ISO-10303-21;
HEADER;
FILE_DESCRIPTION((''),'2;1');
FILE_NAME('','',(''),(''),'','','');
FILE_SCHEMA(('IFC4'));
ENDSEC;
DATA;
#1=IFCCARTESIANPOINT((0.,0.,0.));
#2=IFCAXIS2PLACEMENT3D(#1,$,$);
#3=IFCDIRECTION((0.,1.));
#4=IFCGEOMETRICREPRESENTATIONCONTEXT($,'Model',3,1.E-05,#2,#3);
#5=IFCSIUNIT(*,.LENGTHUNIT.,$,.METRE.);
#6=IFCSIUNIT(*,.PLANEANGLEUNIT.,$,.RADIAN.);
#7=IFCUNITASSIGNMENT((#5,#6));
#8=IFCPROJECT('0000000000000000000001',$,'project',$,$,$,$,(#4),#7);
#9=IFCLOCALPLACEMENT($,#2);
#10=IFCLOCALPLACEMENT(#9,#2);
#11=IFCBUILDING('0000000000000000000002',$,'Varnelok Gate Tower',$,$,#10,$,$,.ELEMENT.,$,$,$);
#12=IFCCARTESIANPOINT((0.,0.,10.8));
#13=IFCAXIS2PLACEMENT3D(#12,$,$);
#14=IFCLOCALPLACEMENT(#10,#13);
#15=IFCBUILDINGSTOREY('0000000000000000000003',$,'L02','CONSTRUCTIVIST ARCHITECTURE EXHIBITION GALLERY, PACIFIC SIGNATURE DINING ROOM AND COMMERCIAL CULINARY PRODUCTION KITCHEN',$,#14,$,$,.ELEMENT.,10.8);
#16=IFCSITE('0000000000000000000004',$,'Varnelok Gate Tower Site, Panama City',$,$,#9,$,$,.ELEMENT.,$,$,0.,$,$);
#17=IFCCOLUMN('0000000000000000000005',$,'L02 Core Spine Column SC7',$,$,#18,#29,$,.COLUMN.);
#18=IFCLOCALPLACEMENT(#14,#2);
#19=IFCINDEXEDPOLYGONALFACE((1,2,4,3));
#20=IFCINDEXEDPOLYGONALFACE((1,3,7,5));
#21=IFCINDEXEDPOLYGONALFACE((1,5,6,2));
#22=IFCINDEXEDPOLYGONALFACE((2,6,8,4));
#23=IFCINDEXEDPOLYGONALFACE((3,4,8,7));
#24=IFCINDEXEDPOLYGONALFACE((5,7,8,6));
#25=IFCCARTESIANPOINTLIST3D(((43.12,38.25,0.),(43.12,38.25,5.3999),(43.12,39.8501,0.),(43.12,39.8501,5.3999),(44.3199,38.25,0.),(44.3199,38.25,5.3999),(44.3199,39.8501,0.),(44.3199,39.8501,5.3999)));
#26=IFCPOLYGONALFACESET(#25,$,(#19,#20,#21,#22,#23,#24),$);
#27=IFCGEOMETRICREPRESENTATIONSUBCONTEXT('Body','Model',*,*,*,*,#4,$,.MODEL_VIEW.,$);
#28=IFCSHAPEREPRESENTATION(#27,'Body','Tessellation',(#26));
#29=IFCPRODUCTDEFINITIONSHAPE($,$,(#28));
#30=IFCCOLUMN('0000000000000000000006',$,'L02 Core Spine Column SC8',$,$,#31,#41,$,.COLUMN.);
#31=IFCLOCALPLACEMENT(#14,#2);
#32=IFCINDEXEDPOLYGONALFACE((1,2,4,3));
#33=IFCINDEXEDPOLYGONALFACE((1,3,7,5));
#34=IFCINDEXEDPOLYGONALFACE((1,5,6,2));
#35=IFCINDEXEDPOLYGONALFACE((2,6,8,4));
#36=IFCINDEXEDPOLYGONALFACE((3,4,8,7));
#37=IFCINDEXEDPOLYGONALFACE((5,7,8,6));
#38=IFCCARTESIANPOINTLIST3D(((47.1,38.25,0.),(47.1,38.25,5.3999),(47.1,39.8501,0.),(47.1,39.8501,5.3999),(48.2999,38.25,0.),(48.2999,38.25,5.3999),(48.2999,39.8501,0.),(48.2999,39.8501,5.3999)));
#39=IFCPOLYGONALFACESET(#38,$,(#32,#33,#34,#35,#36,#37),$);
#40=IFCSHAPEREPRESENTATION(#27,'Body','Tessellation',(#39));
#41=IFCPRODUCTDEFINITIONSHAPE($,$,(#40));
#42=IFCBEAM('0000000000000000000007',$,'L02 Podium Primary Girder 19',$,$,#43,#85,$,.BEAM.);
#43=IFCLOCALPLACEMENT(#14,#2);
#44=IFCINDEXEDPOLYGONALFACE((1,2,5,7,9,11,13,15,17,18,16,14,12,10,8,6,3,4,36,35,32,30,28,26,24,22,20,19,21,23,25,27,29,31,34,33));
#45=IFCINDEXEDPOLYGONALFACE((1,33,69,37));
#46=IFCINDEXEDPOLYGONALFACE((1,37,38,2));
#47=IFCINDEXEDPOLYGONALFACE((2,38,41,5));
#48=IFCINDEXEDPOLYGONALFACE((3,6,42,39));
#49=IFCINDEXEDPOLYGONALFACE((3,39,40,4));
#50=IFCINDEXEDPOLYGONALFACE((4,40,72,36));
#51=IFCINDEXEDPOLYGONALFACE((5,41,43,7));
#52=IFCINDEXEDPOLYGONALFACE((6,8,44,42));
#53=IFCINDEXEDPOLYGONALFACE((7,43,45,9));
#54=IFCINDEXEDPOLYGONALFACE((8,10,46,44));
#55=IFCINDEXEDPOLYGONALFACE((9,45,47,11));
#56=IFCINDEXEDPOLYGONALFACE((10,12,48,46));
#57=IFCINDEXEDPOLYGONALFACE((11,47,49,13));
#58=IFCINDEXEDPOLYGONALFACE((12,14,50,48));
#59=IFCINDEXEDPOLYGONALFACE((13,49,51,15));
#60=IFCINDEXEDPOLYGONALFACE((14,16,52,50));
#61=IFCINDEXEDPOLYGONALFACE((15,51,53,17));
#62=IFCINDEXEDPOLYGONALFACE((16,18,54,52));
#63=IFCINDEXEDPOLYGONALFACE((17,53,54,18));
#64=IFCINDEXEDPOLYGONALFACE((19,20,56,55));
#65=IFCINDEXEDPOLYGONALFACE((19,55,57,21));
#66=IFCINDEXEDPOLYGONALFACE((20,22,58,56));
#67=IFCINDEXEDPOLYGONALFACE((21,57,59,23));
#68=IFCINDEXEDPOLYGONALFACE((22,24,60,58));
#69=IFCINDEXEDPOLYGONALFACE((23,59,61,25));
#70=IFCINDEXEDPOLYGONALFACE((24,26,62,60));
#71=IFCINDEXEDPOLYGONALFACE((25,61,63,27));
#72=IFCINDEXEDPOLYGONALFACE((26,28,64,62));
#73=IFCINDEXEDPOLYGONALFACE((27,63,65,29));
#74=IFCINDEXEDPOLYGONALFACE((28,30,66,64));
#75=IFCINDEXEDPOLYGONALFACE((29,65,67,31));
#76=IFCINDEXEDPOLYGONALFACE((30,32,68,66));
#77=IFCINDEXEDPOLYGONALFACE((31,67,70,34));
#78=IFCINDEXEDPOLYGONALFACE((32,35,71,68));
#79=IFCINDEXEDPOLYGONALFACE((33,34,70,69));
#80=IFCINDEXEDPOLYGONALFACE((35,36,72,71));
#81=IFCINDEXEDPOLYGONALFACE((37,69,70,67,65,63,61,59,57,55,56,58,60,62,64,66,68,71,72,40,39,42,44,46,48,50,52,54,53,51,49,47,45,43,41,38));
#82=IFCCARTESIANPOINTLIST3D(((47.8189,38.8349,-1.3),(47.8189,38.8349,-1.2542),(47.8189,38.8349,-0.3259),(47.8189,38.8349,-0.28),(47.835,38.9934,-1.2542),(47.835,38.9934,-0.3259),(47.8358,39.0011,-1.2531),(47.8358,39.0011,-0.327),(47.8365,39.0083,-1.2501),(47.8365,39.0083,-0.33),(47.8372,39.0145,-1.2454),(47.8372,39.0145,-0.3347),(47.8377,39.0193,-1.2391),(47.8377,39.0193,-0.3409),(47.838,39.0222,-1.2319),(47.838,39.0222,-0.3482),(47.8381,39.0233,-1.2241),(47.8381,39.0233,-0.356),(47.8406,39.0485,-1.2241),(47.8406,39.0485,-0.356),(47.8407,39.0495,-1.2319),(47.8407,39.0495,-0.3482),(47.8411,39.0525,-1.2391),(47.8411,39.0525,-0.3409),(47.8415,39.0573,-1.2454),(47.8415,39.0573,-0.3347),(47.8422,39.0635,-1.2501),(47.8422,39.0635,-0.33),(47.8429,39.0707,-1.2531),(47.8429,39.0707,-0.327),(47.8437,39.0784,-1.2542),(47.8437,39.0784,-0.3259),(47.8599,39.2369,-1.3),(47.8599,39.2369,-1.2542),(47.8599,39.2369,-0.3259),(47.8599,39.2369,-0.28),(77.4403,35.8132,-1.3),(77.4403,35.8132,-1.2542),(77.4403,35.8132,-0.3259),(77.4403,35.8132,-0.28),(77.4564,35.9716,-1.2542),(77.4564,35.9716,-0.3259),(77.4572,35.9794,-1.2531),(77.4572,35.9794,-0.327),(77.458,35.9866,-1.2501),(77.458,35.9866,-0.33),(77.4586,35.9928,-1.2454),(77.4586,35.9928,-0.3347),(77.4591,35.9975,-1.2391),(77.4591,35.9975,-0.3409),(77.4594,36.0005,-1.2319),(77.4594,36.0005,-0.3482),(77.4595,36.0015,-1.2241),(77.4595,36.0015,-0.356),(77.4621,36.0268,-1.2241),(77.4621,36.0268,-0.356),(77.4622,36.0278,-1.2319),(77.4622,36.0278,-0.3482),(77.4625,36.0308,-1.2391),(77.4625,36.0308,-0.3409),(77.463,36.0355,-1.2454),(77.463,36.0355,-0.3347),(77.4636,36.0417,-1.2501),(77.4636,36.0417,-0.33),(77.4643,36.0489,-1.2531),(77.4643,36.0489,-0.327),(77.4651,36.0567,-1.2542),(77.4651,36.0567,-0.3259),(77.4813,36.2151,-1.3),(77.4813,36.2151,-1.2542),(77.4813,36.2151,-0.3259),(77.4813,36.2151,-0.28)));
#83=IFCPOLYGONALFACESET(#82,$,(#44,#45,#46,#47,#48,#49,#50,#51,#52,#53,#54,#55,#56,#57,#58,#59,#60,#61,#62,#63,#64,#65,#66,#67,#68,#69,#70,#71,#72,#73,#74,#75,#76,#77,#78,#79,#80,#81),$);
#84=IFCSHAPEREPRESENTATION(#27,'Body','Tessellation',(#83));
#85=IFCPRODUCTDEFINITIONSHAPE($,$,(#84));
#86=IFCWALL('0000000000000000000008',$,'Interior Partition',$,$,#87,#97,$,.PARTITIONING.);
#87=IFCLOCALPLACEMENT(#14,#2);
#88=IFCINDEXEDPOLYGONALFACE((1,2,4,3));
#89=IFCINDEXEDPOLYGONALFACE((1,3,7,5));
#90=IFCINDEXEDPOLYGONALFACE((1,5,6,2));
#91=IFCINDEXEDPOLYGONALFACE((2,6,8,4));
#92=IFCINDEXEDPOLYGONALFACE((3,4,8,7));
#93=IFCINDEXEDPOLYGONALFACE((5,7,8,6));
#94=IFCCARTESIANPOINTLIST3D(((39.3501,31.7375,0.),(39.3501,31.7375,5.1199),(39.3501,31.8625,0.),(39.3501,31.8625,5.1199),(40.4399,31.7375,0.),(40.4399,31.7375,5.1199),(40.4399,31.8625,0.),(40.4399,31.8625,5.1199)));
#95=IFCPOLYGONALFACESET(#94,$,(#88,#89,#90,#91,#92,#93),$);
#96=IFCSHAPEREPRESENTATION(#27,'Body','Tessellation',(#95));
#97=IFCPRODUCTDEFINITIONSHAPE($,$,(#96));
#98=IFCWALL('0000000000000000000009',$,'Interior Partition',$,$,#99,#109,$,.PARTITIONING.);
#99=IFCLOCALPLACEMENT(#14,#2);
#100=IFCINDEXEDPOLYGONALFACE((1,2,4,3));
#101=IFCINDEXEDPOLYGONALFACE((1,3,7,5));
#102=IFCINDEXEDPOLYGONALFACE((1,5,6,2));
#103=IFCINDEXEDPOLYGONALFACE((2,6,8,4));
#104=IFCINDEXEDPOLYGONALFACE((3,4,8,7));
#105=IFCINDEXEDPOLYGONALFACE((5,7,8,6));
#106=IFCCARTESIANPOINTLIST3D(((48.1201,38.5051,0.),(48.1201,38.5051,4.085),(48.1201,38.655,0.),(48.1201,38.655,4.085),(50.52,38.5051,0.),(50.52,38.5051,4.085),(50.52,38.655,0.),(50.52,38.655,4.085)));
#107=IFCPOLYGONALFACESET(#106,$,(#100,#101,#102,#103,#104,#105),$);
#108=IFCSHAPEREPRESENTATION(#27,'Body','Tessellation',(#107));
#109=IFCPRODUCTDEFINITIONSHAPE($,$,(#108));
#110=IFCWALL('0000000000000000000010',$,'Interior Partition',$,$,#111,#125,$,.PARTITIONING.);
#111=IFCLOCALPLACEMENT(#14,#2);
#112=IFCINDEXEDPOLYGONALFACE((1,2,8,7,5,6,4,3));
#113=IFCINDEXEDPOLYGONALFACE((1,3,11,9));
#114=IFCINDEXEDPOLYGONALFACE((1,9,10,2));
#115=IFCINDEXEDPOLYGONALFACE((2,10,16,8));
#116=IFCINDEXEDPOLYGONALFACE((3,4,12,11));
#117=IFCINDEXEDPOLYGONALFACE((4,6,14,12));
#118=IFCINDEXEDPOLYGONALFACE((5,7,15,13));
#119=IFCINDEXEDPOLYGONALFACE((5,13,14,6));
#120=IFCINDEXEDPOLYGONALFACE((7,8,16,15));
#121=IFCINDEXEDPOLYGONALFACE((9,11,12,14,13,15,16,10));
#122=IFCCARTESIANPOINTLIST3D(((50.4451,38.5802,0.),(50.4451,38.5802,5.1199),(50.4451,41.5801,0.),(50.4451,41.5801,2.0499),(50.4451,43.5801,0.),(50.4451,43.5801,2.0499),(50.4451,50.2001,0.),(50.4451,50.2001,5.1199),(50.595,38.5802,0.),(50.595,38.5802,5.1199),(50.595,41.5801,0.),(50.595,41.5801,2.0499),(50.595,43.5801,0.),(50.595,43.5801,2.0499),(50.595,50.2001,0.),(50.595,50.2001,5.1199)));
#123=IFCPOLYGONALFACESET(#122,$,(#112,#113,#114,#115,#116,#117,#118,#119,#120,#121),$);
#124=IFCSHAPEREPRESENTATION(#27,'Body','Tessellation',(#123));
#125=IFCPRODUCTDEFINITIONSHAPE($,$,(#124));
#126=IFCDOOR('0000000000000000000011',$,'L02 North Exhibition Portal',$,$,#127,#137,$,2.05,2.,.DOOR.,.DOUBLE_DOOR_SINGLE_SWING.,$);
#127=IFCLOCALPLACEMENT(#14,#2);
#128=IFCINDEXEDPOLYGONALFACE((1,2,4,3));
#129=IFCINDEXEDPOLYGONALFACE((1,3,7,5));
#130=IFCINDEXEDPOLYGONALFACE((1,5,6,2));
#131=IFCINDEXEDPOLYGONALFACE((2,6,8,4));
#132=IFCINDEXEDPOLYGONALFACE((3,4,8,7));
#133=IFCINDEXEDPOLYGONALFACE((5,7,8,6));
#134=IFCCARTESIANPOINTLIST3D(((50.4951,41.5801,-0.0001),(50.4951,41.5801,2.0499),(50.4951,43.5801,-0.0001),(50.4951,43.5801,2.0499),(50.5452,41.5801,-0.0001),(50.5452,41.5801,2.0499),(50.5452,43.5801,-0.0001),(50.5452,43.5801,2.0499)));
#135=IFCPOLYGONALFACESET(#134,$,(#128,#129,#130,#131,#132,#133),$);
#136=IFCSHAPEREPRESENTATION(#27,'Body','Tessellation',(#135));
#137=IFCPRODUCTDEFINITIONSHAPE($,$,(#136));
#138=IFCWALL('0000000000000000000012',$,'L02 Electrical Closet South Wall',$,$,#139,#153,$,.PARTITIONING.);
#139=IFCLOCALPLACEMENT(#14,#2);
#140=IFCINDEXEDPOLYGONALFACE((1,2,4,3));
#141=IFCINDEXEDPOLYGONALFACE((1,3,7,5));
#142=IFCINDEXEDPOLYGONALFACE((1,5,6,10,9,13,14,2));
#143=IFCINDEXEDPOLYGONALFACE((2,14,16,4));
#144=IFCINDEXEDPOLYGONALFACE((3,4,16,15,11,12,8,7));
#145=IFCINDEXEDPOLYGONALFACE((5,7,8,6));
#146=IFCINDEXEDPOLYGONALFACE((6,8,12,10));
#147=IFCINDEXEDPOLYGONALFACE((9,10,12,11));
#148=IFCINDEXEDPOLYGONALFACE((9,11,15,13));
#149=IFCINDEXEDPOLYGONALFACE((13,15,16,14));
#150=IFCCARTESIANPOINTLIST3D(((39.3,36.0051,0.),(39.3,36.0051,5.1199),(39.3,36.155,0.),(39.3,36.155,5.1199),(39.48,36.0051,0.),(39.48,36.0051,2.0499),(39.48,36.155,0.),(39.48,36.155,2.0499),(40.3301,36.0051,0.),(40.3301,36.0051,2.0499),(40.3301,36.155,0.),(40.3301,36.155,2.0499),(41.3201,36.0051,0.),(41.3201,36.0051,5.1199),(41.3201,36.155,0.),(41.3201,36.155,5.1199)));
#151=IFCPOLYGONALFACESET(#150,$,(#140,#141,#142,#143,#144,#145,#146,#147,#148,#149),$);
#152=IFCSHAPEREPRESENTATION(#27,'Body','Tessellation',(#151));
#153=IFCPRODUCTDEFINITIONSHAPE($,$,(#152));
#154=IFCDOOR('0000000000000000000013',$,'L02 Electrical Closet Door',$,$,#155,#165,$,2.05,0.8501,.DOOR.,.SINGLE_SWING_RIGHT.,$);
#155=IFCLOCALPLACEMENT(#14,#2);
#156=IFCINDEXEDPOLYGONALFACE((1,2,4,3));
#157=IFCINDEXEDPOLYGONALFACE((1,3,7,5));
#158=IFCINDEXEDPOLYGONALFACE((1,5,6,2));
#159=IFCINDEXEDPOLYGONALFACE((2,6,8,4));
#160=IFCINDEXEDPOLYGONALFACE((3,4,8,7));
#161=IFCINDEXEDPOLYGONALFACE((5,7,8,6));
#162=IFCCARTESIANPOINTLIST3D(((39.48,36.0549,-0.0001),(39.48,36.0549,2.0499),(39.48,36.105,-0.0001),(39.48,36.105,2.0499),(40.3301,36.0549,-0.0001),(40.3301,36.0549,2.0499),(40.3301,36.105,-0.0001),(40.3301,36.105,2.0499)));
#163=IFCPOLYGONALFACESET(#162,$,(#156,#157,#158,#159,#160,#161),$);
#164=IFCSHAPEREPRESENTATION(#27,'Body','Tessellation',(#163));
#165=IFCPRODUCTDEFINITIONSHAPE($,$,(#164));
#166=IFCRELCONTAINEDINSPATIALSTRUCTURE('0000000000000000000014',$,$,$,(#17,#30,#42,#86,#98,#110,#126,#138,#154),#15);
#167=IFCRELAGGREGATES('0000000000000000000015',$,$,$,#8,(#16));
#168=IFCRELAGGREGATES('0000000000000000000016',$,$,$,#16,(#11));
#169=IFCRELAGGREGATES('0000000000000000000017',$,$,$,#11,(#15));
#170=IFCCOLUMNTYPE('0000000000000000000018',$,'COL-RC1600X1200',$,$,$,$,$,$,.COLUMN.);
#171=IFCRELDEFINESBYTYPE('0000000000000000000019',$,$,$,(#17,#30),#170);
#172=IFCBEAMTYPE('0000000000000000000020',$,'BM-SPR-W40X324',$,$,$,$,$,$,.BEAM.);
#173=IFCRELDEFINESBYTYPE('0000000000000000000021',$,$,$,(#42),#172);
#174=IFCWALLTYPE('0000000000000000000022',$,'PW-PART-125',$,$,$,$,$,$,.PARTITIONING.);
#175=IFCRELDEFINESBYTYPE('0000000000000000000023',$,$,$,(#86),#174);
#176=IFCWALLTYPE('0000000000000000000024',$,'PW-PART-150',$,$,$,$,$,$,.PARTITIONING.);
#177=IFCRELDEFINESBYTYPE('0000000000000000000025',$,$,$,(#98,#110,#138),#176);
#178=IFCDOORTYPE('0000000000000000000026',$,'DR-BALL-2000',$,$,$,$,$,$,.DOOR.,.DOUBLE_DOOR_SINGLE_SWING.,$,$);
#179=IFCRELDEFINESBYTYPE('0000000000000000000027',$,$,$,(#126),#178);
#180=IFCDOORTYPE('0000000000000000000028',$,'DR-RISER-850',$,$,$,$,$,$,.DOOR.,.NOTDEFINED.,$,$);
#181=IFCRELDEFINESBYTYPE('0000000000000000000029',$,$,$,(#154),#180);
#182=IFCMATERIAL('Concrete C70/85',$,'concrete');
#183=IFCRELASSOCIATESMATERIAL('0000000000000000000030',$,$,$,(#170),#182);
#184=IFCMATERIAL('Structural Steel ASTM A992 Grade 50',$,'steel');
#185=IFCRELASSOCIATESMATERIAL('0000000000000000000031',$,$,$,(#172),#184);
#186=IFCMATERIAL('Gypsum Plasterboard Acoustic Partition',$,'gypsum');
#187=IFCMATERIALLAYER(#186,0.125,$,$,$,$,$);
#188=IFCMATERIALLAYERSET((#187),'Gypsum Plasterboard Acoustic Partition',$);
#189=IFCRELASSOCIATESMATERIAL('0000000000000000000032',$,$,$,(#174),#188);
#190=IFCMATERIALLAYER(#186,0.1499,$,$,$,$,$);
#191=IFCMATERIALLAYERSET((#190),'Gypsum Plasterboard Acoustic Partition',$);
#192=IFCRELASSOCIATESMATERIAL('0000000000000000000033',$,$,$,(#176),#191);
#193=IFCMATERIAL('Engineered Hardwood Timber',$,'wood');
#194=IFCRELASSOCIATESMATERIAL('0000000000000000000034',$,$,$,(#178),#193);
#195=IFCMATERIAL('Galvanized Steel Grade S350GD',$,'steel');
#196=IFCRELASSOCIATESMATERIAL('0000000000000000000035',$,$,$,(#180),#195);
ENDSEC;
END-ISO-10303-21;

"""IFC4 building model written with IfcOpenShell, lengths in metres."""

from ifc_helpers import new_model, si_unit, direction, frame, frame_2d, origin, origin_2d, place, context, subcontext, project, spatial, rectangle, i_section, extrude, material, layer, layer_set, material_profile, profile_set, type_object, element, fill, save


model = new_model("IFC4")

# Units and contexts
model_context = context("Model", 3, precision=1e-05, world=origin(), true_north=direction((0.0, 1.0)))
body_context = subcontext(model_context, "Body", "Model", "MODEL_VIEW")
ifc_project = project(units=[si_unit("LENGTHUNIT", "METRE"), si_unit("PLANEANGLEUNIT", "RADIAN")], contexts=[model_context])

# Site, building, storey
site_placement = place(None, origin())
site = spatial("IfcSite", under=ifc_project, at=site_placement, Name="Varnelok Gate Tower Site, Panama City", CompositionType="ELEMENT", RefElevation=0.0)
building_placement = place(site_placement, origin())
building = spatial("IfcBuilding", under=site, at=building_placement, Name="Varnelok Gate Tower", CompositionType="ELEMENT")
storey_placement = place(building_placement, frame((0.0, 0.0, 10.8)))
storey = spatial("IfcBuildingStorey", under=building, at=storey_placement, Name="L02", Description="CONSTRUCTIVIST ARCHITECTURE EXHIBITION GALLERY, PACIFIC SIGNATURE DINING ROOM AND COMMERCIAL CULINARY PRODUCTION KITCHEN", CompositionType="ELEMENT", Elevation=10.8)

# Columns
ifc_material_1 = material(Name="Concrete C70/85", Category="concrete")
ifc_material_profile_1 = material_profile(ifc_material_1, rectangle(XDim=1.2, YDim=1.6001, at=origin_2d()), Name="RC1600X1200")
ifc_profile_set_1 = profile_set([ifc_material_profile_1], Name="Concrete C70/85")
column_type = type_object("IfcColumnType", Name="COL-RC1600X1200", PredefinedType="COLUMN", material=ifc_profile_set_1)
for number, where, z_axis, x_axis, name in (
    (1, (43.72, 39.05, 0.0), (0.0, 0.0, 1.0), (1.0, 0.0, 0.0), "L02 Core Spine Column SC7"),
    (2, (47.7, 39.05, 0.0), (0.0, 0.0, 1.0), (1.0, 0.0, 0.0), "L02 Core Spine Column SC8"),
):
    element("IfcColumn", number, at=place(storey_placement, frame(where, z_axis=z_axis, x_axis=x_axis)), inside=storey, type_object=column_type, Name=name, PredefinedType="COLUMN", context=body_context, shape_type="SweptSolid", body=[
        extrude(rectangle(XDim=1.2, YDim=1.6001, at=origin_2d()), origin(), (0.0, 0.0, 1.0), 5.3999),
    ])

# Beam
ifc_material_2 = material(Name="Structural Steel ASTM A992 Grade 50", Category="steel")
ifc_material_profile_2 = material_profile(ifc_material_2, i_section(OverallWidth=0.4041, OverallDepth=1.02, WebThickness=0.0254, FlangeThickness=0.0459, FilletRadius=0.03, at=origin_2d()), Name="W40X324")
ifc_profile_set_2 = profile_set([ifc_material_profile_2], Name="Structural Steel ASTM A992 Grade 50")
beam_type = type_object("IfcBeamType", Name="BM-SPR-W40X324", PredefinedType="BEAM", material=ifc_profile_set_2)
beam_placement = place(storey_placement, frame((47.8394, 39.0359, -0.79), z_axis=(0.994837, -0.101485, 0.0), x_axis=(0.101485, 0.994837, 0.0)))
element("IfcBeam", 3, at=beam_placement, inside=storey, type_object=beam_type, Name="L02 Podium Primary Girder 19", PredefinedType="BEAM", context=body_context, shape_type="SweptSolid", body=[
    extrude(i_section(OverallWidth=0.4041, OverallDepth=1.02, WebThickness=0.0254, FlangeThickness=0.0459, FilletRadius=0.03, at=origin_2d()), origin(), (0.0, 0.0, 1.0), 29.7751),
])

# Walls
ifc_material_3 = material(Name="Gypsum Plasterboard Acoustic Partition", Category="gypsum")
ifc_layer_1 = layer(ifc_material_3, 0.125)
ifc_layer_set_1 = layer_set([ifc_layer_1], Name="Gypsum Plasterboard Acoustic Partition")
wall_type_1 = type_object("IfcWallType", Name="PW-PART-125", PredefinedType="PARTITIONING", material=ifc_layer_set_1)
wall_1_placement = place(storey_placement, frame((39.3501, 31.8, 0.0), z_axis=(0.0, 0.0, 1.0), x_axis=(1.0, 0.0, 0.0)))
element("IfcWall", 4, at=wall_1_placement, inside=storey, type_object=wall_type_1, Name="Interior Partition", PredefinedType="PARTITIONING", context=body_context, shape_type="SweptSolid", body=[
    extrude(rectangle(XDim=1.0898, YDim=0.125, at=frame_2d((0.5449, 0.0))), origin(), (0.0, 0.0, 1.0), 5.1199),
])
ifc_layer_2 = layer(ifc_material_3, 0.1499)
ifc_layer_set_2 = layer_set([ifc_layer_2], Name="Gypsum Plasterboard Acoustic Partition")
wall_type_2 = type_object("IfcWallType", Name="PW-PART-150", PredefinedType="PARTITIONING", material=ifc_layer_set_2)
wall_2_placement = place(storey_placement, frame((48.1201, 38.5801, 0.0), z_axis=(0.0, 0.0, 1.0), x_axis=(1.0, 0.0, 0.0)))
element("IfcWall", 5, at=wall_2_placement, inside=storey, type_object=wall_type_2, Name="Interior Partition", PredefinedType="PARTITIONING", context=body_context, shape_type="SweptSolid", body=[
    extrude(rectangle(XDim=2.3999, YDim=0.1499, at=frame_2d((1.2, 0.0))), origin(), (0.0, 0.0, 1.0), 4.085),
])

# Walls, openings, doors
wall_3_placement = place(storey_placement, frame((50.52, 38.5801, 0.0), z_axis=(0.0, 0.0, 1.0), x_axis=(0.0, 1.0, 0.0)))
wall_3 = element("IfcWall", 6, at=wall_3_placement, inside=storey, type_object=wall_type_2, Name="Interior Partition", PredefinedType="PARTITIONING", context=body_context, shape_type="SweptSolid", body=[
    extrude(rectangle(XDim=11.6199, YDim=0.1499, at=frame_2d((5.8101, 0.0))), origin(), (0.0, 0.0, 1.0), 5.1199),
])
opening_1_placement = place(wall_3_placement, frame((3.0, 0.0, 0.0)))
opening_1 = element("IfcOpeningElement", 7, at=opening_1_placement, cuts=wall_3, PredefinedType="OPENING", context=body_context, shape_type="SweptSolid", body=[
    extrude(rectangle(XDim=2.0, YDim=2.05, at=frame_2d((1.0, 1.0249))), frame((0.0, 0.085, 0.0), z_axis=(0.0, -1.0, 0.0), x_axis=(1.0, 0.0, 0.0)), (0.0, 0.0, 1.0), 0.1699),
])
ifc_material_4 = material(Name="Engineered Hardwood Timber", Category="wood")
door_type_1 = type_object("IfcDoorType", Name="DR-BALL-2000", OperationType="DOUBLE_DOOR_SINGLE_SWING", PredefinedType="DOOR", material=ifc_material_4)
door_1_placement = place(opening_1_placement, origin())
door_1 = element("IfcDoor", 8, at=door_1_placement, inside=storey, type_object=door_type_1, Name="L02 North Exhibition Portal", OperationType="DOUBLE_DOOR_SINGLE_SWING", OverallHeight=2.05, OverallWidth=2.0, PredefinedType="DOOR", context=body_context, shape_type="SweptSolid", body=[
    extrude(rectangle(XDim=2.0, YDim=2.05, at=frame_2d((1.0, 1.0249))), frame((0.0, 0.0249, 0.0), z_axis=(0.0, -1.0, 0.0), x_axis=(1.0, 0.0, 0.0)), (0.0, 0.0, 1.0), 0.05),
])
fill(opening_1, door_1)
wall_4_placement = place(storey_placement, frame((39.3, 36.0801, 0.0), z_axis=(0.0, 0.0, 1.0), x_axis=(1.0, 0.0, 0.0)))
wall_4 = element("IfcWall", 9, at=wall_4_placement, inside=storey, type_object=wall_type_2, Name="L02 Electrical Closet South Wall", PredefinedType="PARTITIONING", context=body_context, shape_type="SweptSolid", body=[
    extrude(rectangle(XDim=2.02, YDim=0.1499, at=frame_2d((1.01, 0.0))), origin(), (0.0, 0.0, 1.0), 5.1199),
])
opening_2_placement = place(wall_4_placement, frame((0.1799, 0.0, 0.0)))
opening_2 = element("IfcOpeningElement", 10, at=opening_2_placement, cuts=wall_4, PredefinedType="OPENING", context=body_context, shape_type="SweptSolid", body=[
    extrude(rectangle(XDim=0.8501, YDim=2.05, at=frame_2d((0.425, 1.0249))), frame((0.0, 0.085, 0.0), z_axis=(0.0, -1.0, 0.0), x_axis=(1.0, 0.0, 0.0)), (0.0, 0.0, 1.0), 0.1699),
])
ifc_material_5 = material(Name="Galvanized Steel Grade S350GD", Category="steel")
door_type_2 = type_object("IfcDoorType", Name="DR-RISER-850", OperationType="NOTDEFINED", PredefinedType="DOOR", material=ifc_material_5)
door_2_placement = place(opening_2_placement, origin())
door_2 = element("IfcDoor", 11, at=door_2_placement, inside=storey, type_object=door_type_2, Name="L02 Electrical Closet Door", OperationType="SINGLE_SWING_RIGHT", OverallHeight=2.05, OverallWidth=0.8501, PredefinedType="DOOR", context=body_context, shape_type="SweptSolid", body=[
    extrude(rectangle(XDim=0.8501, YDim=2.05, at=frame_2d((0.425, 1.0249))), frame((0.0, 0.0249, 0.0), z_axis=(0.0, -1.0, 0.0), x_axis=(1.0, 0.0, 0.0)), (0.0, 0.0, 1.0), 0.05),
])
fill(opening_2, door_2)

save(model, "model.ifc")
